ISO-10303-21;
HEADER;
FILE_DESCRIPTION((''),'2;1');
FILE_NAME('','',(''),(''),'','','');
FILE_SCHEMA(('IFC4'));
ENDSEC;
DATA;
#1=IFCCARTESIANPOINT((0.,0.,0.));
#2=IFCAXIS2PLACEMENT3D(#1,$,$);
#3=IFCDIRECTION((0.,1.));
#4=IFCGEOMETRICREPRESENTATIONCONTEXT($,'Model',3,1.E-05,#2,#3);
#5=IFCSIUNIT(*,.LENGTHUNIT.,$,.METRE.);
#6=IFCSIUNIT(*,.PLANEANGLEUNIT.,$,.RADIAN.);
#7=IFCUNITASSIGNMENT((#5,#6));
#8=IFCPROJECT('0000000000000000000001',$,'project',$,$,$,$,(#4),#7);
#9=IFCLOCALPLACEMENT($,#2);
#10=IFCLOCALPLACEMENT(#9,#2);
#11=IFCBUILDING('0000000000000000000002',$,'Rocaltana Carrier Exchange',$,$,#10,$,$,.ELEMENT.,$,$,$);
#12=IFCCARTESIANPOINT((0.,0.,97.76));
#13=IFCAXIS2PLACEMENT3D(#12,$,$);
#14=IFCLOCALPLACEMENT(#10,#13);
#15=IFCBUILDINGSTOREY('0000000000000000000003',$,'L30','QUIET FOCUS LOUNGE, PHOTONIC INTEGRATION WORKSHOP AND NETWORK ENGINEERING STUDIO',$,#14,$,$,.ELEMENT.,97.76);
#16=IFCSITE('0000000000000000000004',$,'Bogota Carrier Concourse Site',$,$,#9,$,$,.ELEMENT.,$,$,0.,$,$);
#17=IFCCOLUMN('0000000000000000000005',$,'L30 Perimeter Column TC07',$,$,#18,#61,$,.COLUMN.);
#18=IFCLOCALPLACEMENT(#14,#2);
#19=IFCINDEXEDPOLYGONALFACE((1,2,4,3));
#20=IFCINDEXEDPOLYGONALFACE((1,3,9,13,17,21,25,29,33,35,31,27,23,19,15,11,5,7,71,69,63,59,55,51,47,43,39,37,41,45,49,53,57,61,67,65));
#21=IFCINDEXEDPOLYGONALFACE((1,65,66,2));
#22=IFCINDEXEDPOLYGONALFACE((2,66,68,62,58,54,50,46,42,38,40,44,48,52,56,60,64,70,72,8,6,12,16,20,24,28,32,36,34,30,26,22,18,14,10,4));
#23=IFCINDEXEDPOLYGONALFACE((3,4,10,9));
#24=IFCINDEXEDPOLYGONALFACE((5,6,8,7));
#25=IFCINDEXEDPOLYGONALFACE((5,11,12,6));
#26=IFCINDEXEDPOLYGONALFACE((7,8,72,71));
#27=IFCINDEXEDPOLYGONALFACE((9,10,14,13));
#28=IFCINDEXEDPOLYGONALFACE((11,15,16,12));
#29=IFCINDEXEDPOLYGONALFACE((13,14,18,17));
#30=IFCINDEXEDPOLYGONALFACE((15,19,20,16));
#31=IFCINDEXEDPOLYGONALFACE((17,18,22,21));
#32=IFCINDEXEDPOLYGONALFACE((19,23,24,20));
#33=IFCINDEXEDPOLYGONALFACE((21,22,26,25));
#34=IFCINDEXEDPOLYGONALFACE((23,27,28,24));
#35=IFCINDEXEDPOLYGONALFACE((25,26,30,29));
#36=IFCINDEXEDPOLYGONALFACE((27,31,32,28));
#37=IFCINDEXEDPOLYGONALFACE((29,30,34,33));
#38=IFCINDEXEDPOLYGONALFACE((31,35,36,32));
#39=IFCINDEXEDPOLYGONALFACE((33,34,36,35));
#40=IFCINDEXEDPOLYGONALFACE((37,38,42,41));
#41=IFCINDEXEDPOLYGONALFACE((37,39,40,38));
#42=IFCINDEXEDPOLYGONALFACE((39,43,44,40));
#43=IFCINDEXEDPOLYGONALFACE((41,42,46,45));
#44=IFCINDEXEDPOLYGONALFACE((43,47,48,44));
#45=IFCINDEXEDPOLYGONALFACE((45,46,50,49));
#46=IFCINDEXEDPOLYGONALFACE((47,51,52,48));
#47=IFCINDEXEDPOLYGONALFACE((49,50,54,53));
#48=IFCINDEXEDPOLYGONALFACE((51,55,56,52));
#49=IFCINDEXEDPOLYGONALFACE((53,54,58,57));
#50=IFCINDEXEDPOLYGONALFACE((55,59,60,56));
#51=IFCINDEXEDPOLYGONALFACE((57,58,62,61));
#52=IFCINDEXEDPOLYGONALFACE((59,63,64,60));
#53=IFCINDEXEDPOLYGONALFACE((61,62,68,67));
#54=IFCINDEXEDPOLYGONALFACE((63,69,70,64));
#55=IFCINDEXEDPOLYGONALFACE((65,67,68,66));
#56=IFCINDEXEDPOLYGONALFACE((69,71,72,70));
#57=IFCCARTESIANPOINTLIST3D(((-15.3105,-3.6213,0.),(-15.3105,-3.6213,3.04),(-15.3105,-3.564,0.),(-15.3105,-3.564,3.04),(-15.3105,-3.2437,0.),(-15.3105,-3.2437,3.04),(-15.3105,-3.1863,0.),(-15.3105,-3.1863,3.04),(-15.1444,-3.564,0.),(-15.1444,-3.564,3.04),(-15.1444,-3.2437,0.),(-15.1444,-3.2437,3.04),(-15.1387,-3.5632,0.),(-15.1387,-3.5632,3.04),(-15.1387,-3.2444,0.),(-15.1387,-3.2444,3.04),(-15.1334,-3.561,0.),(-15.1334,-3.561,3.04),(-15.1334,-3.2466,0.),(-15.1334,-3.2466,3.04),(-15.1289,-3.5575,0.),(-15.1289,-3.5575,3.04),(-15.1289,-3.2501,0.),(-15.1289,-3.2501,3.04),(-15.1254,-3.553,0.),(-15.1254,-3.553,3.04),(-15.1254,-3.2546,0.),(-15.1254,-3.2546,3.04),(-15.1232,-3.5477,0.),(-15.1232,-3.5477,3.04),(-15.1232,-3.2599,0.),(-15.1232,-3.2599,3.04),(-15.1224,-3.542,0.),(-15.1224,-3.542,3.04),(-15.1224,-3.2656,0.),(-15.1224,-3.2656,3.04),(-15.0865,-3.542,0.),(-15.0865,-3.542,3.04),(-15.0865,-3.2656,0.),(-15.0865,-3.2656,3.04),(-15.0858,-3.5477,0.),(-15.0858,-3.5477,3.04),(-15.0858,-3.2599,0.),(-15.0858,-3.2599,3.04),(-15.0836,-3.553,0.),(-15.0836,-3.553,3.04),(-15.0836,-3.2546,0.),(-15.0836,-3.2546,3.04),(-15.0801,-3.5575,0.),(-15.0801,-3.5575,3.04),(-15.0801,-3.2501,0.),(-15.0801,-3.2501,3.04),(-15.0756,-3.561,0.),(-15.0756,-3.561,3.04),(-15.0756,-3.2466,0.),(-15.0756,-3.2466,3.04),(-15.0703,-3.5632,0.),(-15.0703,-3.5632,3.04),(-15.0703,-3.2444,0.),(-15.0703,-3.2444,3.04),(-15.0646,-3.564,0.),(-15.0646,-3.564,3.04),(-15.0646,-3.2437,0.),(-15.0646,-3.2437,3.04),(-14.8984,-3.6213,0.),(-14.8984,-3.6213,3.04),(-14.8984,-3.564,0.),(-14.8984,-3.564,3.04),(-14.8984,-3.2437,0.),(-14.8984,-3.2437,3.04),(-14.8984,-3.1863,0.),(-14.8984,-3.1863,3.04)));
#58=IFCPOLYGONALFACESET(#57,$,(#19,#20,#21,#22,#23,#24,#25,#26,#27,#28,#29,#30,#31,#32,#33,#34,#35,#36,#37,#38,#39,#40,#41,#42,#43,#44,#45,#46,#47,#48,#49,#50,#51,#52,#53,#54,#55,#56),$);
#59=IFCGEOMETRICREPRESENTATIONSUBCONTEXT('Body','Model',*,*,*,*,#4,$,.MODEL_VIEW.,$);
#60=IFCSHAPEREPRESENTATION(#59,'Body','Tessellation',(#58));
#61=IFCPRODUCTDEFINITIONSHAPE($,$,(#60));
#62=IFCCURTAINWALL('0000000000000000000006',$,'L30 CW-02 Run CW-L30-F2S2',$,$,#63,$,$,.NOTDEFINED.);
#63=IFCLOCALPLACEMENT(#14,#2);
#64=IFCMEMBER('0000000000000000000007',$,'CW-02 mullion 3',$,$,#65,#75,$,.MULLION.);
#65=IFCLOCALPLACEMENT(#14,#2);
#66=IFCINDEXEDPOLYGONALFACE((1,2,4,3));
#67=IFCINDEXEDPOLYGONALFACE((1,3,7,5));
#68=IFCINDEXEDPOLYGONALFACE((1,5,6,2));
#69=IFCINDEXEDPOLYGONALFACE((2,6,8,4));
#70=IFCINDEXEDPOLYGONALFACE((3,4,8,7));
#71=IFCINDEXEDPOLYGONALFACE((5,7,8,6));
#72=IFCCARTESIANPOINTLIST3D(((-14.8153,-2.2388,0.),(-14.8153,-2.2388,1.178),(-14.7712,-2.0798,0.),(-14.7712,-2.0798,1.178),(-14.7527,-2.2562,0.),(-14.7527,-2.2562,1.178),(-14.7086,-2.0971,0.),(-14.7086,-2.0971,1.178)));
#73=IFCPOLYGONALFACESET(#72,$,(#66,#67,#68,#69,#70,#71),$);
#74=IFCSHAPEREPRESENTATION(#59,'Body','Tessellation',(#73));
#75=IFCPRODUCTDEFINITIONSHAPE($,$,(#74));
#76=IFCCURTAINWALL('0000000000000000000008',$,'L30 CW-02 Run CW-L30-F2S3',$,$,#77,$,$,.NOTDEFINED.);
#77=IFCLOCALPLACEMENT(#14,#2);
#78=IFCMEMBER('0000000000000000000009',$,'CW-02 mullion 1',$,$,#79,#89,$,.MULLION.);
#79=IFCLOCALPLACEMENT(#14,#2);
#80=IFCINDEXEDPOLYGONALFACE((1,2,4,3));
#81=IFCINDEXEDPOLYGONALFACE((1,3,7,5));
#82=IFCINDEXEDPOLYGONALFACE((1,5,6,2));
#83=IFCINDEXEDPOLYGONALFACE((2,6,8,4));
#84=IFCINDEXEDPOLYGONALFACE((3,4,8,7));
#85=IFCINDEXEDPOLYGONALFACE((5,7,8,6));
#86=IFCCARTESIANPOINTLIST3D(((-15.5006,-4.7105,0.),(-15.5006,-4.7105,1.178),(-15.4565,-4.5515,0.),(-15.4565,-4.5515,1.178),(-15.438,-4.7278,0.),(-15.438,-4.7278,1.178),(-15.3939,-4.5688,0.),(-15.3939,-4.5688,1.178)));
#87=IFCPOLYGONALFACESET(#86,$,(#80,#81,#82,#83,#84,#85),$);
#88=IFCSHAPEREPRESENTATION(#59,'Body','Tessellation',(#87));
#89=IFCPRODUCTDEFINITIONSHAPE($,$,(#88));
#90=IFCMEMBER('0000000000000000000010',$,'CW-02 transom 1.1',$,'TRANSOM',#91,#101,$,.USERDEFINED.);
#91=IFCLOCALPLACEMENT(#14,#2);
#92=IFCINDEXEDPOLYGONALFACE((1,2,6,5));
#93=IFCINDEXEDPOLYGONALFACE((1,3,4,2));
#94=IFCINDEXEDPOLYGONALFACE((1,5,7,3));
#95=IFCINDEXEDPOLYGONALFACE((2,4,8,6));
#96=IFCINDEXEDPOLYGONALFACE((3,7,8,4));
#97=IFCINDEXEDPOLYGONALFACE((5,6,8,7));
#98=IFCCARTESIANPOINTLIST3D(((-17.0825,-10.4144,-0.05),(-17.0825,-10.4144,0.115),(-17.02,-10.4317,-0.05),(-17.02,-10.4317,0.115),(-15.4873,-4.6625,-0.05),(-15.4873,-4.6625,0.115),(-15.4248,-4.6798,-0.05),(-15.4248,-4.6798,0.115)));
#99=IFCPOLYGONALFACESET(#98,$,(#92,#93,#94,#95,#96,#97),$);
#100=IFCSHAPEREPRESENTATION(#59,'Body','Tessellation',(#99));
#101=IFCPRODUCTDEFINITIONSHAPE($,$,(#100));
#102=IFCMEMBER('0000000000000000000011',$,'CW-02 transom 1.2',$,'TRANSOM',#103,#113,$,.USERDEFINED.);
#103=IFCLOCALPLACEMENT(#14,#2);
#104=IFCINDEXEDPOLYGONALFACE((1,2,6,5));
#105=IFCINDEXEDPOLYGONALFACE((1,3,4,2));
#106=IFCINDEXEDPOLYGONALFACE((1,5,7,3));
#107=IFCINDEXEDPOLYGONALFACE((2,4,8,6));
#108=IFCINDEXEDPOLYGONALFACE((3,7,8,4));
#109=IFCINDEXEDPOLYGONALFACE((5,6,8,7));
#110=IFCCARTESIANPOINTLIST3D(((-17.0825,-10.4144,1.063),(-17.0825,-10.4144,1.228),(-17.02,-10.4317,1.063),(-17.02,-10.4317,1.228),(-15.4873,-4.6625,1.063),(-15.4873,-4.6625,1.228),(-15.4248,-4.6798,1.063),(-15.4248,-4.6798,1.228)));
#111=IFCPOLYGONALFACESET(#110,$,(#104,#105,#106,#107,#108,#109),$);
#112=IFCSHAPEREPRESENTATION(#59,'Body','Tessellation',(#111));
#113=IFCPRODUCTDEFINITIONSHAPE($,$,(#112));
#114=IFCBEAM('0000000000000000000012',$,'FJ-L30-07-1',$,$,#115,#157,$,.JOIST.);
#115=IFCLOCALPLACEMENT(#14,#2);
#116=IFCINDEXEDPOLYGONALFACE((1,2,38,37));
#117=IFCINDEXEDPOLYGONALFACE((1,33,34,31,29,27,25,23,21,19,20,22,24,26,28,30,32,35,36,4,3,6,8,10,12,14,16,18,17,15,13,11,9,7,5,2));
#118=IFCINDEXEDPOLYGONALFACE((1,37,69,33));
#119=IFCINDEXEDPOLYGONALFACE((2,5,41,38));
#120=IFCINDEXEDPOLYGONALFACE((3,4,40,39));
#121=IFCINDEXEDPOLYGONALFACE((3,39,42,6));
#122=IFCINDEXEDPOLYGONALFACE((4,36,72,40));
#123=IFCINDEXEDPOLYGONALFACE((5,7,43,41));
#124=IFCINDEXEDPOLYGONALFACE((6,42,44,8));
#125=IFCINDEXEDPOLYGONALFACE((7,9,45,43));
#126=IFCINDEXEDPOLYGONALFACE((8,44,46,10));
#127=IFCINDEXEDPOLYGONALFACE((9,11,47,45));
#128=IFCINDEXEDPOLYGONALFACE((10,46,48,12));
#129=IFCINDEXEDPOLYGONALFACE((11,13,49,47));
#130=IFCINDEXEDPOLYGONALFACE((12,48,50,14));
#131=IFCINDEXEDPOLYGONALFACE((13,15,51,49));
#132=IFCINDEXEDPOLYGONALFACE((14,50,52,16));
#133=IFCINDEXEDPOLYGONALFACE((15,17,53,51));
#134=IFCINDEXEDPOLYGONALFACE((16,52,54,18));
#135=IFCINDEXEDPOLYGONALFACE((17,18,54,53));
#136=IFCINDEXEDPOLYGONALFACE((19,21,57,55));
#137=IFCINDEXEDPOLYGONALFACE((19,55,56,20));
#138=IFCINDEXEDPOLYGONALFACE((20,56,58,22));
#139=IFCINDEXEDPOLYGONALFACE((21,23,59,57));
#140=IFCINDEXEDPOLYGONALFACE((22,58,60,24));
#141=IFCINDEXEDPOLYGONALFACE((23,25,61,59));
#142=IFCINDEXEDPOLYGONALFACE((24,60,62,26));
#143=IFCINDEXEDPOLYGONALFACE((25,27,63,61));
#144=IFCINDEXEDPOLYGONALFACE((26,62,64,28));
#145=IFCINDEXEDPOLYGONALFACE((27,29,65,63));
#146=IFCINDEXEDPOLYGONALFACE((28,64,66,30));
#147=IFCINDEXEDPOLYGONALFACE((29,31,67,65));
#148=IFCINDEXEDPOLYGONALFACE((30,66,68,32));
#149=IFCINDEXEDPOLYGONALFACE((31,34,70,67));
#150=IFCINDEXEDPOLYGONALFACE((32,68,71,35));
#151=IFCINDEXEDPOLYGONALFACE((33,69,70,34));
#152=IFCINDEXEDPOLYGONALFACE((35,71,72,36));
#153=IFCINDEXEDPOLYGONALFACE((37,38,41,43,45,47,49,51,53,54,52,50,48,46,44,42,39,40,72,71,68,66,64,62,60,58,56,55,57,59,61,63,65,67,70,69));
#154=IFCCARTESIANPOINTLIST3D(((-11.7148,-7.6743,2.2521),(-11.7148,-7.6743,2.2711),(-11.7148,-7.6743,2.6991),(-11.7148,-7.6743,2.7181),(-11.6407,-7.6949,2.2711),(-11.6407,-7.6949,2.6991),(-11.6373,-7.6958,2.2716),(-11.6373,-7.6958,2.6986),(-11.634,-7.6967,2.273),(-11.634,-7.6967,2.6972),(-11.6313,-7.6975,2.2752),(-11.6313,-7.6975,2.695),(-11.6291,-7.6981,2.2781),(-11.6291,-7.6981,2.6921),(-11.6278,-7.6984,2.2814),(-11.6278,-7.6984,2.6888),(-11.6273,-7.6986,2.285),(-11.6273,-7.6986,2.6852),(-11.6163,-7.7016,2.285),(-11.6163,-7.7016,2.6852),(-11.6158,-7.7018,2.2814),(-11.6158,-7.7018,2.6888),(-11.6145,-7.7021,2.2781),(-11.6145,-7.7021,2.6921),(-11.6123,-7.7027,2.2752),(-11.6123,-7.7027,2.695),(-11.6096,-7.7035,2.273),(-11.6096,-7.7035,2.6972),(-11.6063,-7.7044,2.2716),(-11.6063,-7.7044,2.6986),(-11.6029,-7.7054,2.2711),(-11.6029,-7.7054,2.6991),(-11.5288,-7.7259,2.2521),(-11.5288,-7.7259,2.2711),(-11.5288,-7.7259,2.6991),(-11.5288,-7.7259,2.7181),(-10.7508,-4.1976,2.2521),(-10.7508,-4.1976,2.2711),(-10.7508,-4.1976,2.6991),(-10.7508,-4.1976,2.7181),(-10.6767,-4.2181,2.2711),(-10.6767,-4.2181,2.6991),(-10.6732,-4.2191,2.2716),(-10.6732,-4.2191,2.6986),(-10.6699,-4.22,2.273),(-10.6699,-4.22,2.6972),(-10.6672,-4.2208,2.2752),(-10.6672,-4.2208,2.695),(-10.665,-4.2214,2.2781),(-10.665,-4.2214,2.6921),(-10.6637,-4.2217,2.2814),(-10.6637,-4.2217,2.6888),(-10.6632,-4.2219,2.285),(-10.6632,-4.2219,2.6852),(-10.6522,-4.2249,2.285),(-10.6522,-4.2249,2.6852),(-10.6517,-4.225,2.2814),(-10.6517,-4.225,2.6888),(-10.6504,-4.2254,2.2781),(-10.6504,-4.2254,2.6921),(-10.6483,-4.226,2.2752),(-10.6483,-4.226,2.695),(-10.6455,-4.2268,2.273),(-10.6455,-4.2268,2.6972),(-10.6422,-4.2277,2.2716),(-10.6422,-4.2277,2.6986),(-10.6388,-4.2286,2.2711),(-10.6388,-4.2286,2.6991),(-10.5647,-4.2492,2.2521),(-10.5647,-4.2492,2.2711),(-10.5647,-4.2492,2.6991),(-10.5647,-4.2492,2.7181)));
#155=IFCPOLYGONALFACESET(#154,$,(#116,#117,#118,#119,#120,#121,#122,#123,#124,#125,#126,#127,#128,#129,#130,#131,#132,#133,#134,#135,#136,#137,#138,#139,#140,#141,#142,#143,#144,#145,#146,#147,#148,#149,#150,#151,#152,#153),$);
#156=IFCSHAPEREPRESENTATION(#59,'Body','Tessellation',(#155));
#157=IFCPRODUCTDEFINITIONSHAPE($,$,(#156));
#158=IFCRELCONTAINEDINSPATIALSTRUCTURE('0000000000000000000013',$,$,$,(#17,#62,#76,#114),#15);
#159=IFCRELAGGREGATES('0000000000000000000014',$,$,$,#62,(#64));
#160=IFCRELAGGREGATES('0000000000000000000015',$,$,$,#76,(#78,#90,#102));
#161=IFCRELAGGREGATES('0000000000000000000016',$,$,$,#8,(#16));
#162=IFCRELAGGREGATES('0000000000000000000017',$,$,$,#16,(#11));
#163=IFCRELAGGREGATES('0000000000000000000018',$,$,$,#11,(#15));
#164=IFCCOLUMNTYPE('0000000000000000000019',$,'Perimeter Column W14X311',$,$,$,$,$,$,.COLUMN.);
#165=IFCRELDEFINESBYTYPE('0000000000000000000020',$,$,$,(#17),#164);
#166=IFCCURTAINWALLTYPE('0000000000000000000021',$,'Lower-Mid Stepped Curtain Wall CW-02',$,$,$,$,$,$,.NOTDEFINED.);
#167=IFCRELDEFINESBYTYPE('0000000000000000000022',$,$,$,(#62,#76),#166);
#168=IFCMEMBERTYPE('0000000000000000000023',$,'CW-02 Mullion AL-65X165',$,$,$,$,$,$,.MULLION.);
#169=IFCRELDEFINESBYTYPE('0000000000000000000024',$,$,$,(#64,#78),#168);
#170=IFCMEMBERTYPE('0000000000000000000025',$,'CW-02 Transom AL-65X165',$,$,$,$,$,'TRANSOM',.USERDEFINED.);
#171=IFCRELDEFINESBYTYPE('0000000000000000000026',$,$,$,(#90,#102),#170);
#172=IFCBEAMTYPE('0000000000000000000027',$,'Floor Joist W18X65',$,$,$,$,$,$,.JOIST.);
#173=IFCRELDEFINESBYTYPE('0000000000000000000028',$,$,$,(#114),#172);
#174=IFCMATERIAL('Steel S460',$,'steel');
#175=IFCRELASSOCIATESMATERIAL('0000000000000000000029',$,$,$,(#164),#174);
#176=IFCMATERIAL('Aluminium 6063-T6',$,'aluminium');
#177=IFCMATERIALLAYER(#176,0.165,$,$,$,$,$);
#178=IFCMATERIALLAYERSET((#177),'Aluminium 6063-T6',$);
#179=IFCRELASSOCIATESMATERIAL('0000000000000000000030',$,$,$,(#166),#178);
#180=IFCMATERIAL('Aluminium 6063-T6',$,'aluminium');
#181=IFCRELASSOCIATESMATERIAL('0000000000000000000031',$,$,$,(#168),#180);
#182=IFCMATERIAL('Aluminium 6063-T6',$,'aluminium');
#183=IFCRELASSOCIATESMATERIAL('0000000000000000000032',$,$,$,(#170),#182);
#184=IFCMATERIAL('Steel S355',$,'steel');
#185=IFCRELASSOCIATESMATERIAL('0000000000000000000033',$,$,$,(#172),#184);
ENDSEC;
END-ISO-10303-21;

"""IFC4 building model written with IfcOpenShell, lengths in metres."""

from ifc_helpers import new_model, si_unit, direction, frame, origin, origin_2d, place, context, subcontext, project, spatial, rectangle, i_section, extrude, material, layer, layer_set, material_profile, profile_set, type_object, element, aggregate, save


model = new_model("IFC4")

# Units and contexts
model_context = context("Model", 3, precision=1e-05, world=origin(), true_north=direction((0.0, 1.0)))
body_context = subcontext(model_context, "Body", "Model", "MODEL_VIEW")
ifc_project = project(units=[si_unit("LENGTHUNIT", "METRE"), si_unit("PLANEANGLEUNIT", "RADIAN")], contexts=[model_context])

# Site, building, storey
site_placement = place(None, origin())
site = spatial("IfcSite", under=ifc_project, at=site_placement, Name="Bogota Carrier Concourse Site", CompositionType="ELEMENT", RefElevation=0.0)
building_placement = place(site_placement, origin())
building = spatial("IfcBuilding", under=site, at=building_placement, Name="Rocaltana Carrier Exchange", CompositionType="ELEMENT")
storey_placement = place(building_placement, frame((0.0, 0.0, 97.76)))
storey = spatial("IfcBuildingStorey", under=building, at=storey_placement, Name="L30", Description="QUIET FOCUS LOUNGE, PHOTONIC INTEGRATION WORKSHOP AND NETWORK ENGINEERING STUDIO", CompositionType="ELEMENT", Elevation=97.76)

# Column
ifc_material_1 = material(Name="Steel S460", Category="steel")
ifc_material_profile_1 = material_profile(ifc_material_1, i_section(OverallWidth=0.4121, OverallDepth=0.4351, WebThickness=0.0359, FlangeThickness=0.0574, FilletRadius=0.022, at=origin_2d()), Name="W14X311")
ifc_profile_set_1 = profile_set([ifc_material_profile_1], Name="Steel S460")
column_type = type_object("IfcColumnType", Name="Perimeter Column W14X311", PredefinedType="COLUMN", material=ifc_profile_set_1)
column_placement = place(storey_placement, frame((-15.1045, -3.4038, 0.0), z_axis=(0.0, 0.0, 1.0), x_axis=(1.0, 0.0, 0.0)))
element("IfcColumn", 1, at=column_placement, inside=storey, type_object=column_type, Name="L30 Perimeter Column TC07", PredefinedType="COLUMN", context=body_context, shape_type="SweptSolid", body=[
    extrude(i_section(OverallWidth=0.4121, OverallDepth=0.4351, WebThickness=0.0359, FlangeThickness=0.0574, FilletRadius=0.022, at=origin_2d()), origin(), (0.0, 0.0, 1.0), 3.04),
])

# Curtain wall, member
ifc_material_2 = material(Name="Aluminium 6063-T6", Category="aluminium")
ifc_layer_1 = layer(ifc_material_2, 0.165)
ifc_layer_set_1 = layer_set([ifc_layer_1], Name="Aluminium 6063-T6")
curtain_wall_type = type_object("IfcCurtainWallType", Name="Lower-Mid Stepped Curtain Wall CW-02", PredefinedType="NOTDEFINED", material=ifc_layer_set_1)
curtain_wall_1_placement = place(storey_placement, origin())
curtain_wall_1 = element("IfcCurtainWall", 2, at=curtain_wall_1_placement, inside=storey, type_object=curtain_wall_type, Name="L30 CW-02 Run CW-L30-F2S2", PredefinedType="NOTDEFINED")
ifc_material_3 = material(Name="Aluminium 6063-T6", Category="aluminium")
ifc_material_profile_2 = material_profile(ifc_material_3, rectangle(XDim=0.0649, YDim=0.165, at=origin_2d()), Name="AL-65X165")
ifc_profile_set_2 = profile_set([ifc_material_profile_2], Name="Aluminium 6063-T6")
member_type_1 = type_object("IfcMemberType", Name="CW-02 Mullion AL-65X165", PredefinedType="MULLION", material=ifc_profile_set_2)
member_1_placement = place(storey_placement, frame((-14.762, -2.168, 0.0), z_axis=(0.0, 0.0, 1.0), x_axis=(0.963631, -0.267238, 0.0)))
member_1 = element("IfcMember", 3, at=member_1_placement, type_object=member_type_1, Name="CW-02 mullion 3", PredefinedType="MULLION", context=body_context, shape_type="SweptSolid", body=[
    extrude(rectangle(XDim=0.0649, YDim=0.165, at=origin_2d()), origin(), (0.0, 0.0, 1.0), 1.178),
])
aggregate(curtain_wall_1, [member_1])

# Curtain wall, members
curtain_wall_2_placement = place(storey_placement, origin())
curtain_wall_2 = element("IfcCurtainWall", 4, at=curtain_wall_2_placement, inside=storey, type_object=curtain_wall_type, Name="L30 CW-02 Run CW-L30-F2S3", PredefinedType="NOTDEFINED")
member_2_placement = place(storey_placement, frame((-15.4473, -4.6396, 0.0), z_axis=(0.0, 0.0, 1.0), x_axis=(0.963629, -0.267243, 0.0)))
member_2 = element("IfcMember", 5, at=member_2_placement, type_object=member_type_1, Name="CW-02 mullion 1", PredefinedType="MULLION", context=body_context, shape_type="SweptSolid", body=[
    extrude(rectangle(XDim=0.0649, YDim=0.165, at=origin_2d()), origin(), (0.0, 0.0, 1.0), 1.178),
])
ifc_material_4 = material(Name="Aluminium 6063-T6", Category="aluminium")
ifc_material_profile_3 = material_profile(ifc_material_4, rectangle(XDim=0.0649, YDim=0.165, at=origin_2d()), Name="AL-65X165")
ifc_profile_set_3 = profile_set([ifc_material_profile_3], Name="Aluminium 6063-T6")
member_type_2 = type_object("IfcMemberType", Name="CW-02 Transom AL-65X165", ElementType="TRANSOM", PredefinedType="USERDEFINED", material=ifc_profile_set_3)
member_3_placement = place(storey_placement, frame((-15.4561, -4.6711, 0.0325), z_axis=(-0.267247, -0.963628, 0.0), x_axis=(0.963628, -0.267247, 0.0)))
member_3 = element("IfcMember", 6, at=member_3_placement, type_object=member_type_2, Name="CW-02 transom 1.1", ObjectType="TRANSOM", PredefinedType="USERDEFINED", context=body_context, shape_type="SweptSolid", body=[
    extrude(rectangle(XDim=0.0649, YDim=0.165, at=origin_2d()), origin(), (0.0, 0.0, 1.0), 5.969),
])
member_4_placement = place(storey_placement, frame((-15.4561, -4.6711, 1.1455), z_axis=(-0.267247, -0.963628, 0.0), x_axis=(0.963628, -0.267247, 0.0)))
member_4 = element("IfcMember", 7, at=member_4_placement, type_object=member_type_2, Name="CW-02 transom 1.2", ObjectType="TRANSOM", PredefinedType="USERDEFINED", context=body_context, shape_type="SweptSolid", body=[
    extrude(rectangle(XDim=0.0649, YDim=0.165, at=origin_2d()), origin(), (0.0, 0.0, 1.0), 5.969),
])

# Beam
ifc_material_5 = material(Name="Steel S355", Category="steel")
ifc_material_profile_4 = material_profile(ifc_material_5, i_section(OverallWidth=0.1931, OverallDepth=0.4661, WebThickness=0.0115, FlangeThickness=0.019, FilletRadius=0.0139, at=origin_2d()), Name="W18X65")
ifc_profile_set_4 = profile_set([ifc_material_profile_4], Name="Steel S355")
beam_type_1 = type_object("IfcBeamType", Name="Floor Joist W18X65", PredefinedType="JOIST", material=ifc_profile_set_4)
beam_1_placement = place(storey_placement, frame((-10.6577, -4.2234, 2.4851), z_axis=(-0.267215, -0.963637, 0.0), x_axis=(0.963637, -0.267215, 0.0)))
element("IfcBeam", 8, at=beam_1_placement, inside=storey, type_object=beam_type_1, Name="FJ-L30-07-1", PredefinedType="JOIST", context=body_context, shape_type="SweptSolid", body=[
    extrude(i_section(OverallWidth=0.1931, OverallDepth=0.4661, WebThickness=0.0115, FlangeThickness=0.019, FilletRadius=0.0139, at=origin_2d()), origin(), (0.0, 0.0, 1.0), 3.6079),
])

aggregate(curtain_wall_2, [member_2, member_3, member_4])

save(model, "model.ifc")
